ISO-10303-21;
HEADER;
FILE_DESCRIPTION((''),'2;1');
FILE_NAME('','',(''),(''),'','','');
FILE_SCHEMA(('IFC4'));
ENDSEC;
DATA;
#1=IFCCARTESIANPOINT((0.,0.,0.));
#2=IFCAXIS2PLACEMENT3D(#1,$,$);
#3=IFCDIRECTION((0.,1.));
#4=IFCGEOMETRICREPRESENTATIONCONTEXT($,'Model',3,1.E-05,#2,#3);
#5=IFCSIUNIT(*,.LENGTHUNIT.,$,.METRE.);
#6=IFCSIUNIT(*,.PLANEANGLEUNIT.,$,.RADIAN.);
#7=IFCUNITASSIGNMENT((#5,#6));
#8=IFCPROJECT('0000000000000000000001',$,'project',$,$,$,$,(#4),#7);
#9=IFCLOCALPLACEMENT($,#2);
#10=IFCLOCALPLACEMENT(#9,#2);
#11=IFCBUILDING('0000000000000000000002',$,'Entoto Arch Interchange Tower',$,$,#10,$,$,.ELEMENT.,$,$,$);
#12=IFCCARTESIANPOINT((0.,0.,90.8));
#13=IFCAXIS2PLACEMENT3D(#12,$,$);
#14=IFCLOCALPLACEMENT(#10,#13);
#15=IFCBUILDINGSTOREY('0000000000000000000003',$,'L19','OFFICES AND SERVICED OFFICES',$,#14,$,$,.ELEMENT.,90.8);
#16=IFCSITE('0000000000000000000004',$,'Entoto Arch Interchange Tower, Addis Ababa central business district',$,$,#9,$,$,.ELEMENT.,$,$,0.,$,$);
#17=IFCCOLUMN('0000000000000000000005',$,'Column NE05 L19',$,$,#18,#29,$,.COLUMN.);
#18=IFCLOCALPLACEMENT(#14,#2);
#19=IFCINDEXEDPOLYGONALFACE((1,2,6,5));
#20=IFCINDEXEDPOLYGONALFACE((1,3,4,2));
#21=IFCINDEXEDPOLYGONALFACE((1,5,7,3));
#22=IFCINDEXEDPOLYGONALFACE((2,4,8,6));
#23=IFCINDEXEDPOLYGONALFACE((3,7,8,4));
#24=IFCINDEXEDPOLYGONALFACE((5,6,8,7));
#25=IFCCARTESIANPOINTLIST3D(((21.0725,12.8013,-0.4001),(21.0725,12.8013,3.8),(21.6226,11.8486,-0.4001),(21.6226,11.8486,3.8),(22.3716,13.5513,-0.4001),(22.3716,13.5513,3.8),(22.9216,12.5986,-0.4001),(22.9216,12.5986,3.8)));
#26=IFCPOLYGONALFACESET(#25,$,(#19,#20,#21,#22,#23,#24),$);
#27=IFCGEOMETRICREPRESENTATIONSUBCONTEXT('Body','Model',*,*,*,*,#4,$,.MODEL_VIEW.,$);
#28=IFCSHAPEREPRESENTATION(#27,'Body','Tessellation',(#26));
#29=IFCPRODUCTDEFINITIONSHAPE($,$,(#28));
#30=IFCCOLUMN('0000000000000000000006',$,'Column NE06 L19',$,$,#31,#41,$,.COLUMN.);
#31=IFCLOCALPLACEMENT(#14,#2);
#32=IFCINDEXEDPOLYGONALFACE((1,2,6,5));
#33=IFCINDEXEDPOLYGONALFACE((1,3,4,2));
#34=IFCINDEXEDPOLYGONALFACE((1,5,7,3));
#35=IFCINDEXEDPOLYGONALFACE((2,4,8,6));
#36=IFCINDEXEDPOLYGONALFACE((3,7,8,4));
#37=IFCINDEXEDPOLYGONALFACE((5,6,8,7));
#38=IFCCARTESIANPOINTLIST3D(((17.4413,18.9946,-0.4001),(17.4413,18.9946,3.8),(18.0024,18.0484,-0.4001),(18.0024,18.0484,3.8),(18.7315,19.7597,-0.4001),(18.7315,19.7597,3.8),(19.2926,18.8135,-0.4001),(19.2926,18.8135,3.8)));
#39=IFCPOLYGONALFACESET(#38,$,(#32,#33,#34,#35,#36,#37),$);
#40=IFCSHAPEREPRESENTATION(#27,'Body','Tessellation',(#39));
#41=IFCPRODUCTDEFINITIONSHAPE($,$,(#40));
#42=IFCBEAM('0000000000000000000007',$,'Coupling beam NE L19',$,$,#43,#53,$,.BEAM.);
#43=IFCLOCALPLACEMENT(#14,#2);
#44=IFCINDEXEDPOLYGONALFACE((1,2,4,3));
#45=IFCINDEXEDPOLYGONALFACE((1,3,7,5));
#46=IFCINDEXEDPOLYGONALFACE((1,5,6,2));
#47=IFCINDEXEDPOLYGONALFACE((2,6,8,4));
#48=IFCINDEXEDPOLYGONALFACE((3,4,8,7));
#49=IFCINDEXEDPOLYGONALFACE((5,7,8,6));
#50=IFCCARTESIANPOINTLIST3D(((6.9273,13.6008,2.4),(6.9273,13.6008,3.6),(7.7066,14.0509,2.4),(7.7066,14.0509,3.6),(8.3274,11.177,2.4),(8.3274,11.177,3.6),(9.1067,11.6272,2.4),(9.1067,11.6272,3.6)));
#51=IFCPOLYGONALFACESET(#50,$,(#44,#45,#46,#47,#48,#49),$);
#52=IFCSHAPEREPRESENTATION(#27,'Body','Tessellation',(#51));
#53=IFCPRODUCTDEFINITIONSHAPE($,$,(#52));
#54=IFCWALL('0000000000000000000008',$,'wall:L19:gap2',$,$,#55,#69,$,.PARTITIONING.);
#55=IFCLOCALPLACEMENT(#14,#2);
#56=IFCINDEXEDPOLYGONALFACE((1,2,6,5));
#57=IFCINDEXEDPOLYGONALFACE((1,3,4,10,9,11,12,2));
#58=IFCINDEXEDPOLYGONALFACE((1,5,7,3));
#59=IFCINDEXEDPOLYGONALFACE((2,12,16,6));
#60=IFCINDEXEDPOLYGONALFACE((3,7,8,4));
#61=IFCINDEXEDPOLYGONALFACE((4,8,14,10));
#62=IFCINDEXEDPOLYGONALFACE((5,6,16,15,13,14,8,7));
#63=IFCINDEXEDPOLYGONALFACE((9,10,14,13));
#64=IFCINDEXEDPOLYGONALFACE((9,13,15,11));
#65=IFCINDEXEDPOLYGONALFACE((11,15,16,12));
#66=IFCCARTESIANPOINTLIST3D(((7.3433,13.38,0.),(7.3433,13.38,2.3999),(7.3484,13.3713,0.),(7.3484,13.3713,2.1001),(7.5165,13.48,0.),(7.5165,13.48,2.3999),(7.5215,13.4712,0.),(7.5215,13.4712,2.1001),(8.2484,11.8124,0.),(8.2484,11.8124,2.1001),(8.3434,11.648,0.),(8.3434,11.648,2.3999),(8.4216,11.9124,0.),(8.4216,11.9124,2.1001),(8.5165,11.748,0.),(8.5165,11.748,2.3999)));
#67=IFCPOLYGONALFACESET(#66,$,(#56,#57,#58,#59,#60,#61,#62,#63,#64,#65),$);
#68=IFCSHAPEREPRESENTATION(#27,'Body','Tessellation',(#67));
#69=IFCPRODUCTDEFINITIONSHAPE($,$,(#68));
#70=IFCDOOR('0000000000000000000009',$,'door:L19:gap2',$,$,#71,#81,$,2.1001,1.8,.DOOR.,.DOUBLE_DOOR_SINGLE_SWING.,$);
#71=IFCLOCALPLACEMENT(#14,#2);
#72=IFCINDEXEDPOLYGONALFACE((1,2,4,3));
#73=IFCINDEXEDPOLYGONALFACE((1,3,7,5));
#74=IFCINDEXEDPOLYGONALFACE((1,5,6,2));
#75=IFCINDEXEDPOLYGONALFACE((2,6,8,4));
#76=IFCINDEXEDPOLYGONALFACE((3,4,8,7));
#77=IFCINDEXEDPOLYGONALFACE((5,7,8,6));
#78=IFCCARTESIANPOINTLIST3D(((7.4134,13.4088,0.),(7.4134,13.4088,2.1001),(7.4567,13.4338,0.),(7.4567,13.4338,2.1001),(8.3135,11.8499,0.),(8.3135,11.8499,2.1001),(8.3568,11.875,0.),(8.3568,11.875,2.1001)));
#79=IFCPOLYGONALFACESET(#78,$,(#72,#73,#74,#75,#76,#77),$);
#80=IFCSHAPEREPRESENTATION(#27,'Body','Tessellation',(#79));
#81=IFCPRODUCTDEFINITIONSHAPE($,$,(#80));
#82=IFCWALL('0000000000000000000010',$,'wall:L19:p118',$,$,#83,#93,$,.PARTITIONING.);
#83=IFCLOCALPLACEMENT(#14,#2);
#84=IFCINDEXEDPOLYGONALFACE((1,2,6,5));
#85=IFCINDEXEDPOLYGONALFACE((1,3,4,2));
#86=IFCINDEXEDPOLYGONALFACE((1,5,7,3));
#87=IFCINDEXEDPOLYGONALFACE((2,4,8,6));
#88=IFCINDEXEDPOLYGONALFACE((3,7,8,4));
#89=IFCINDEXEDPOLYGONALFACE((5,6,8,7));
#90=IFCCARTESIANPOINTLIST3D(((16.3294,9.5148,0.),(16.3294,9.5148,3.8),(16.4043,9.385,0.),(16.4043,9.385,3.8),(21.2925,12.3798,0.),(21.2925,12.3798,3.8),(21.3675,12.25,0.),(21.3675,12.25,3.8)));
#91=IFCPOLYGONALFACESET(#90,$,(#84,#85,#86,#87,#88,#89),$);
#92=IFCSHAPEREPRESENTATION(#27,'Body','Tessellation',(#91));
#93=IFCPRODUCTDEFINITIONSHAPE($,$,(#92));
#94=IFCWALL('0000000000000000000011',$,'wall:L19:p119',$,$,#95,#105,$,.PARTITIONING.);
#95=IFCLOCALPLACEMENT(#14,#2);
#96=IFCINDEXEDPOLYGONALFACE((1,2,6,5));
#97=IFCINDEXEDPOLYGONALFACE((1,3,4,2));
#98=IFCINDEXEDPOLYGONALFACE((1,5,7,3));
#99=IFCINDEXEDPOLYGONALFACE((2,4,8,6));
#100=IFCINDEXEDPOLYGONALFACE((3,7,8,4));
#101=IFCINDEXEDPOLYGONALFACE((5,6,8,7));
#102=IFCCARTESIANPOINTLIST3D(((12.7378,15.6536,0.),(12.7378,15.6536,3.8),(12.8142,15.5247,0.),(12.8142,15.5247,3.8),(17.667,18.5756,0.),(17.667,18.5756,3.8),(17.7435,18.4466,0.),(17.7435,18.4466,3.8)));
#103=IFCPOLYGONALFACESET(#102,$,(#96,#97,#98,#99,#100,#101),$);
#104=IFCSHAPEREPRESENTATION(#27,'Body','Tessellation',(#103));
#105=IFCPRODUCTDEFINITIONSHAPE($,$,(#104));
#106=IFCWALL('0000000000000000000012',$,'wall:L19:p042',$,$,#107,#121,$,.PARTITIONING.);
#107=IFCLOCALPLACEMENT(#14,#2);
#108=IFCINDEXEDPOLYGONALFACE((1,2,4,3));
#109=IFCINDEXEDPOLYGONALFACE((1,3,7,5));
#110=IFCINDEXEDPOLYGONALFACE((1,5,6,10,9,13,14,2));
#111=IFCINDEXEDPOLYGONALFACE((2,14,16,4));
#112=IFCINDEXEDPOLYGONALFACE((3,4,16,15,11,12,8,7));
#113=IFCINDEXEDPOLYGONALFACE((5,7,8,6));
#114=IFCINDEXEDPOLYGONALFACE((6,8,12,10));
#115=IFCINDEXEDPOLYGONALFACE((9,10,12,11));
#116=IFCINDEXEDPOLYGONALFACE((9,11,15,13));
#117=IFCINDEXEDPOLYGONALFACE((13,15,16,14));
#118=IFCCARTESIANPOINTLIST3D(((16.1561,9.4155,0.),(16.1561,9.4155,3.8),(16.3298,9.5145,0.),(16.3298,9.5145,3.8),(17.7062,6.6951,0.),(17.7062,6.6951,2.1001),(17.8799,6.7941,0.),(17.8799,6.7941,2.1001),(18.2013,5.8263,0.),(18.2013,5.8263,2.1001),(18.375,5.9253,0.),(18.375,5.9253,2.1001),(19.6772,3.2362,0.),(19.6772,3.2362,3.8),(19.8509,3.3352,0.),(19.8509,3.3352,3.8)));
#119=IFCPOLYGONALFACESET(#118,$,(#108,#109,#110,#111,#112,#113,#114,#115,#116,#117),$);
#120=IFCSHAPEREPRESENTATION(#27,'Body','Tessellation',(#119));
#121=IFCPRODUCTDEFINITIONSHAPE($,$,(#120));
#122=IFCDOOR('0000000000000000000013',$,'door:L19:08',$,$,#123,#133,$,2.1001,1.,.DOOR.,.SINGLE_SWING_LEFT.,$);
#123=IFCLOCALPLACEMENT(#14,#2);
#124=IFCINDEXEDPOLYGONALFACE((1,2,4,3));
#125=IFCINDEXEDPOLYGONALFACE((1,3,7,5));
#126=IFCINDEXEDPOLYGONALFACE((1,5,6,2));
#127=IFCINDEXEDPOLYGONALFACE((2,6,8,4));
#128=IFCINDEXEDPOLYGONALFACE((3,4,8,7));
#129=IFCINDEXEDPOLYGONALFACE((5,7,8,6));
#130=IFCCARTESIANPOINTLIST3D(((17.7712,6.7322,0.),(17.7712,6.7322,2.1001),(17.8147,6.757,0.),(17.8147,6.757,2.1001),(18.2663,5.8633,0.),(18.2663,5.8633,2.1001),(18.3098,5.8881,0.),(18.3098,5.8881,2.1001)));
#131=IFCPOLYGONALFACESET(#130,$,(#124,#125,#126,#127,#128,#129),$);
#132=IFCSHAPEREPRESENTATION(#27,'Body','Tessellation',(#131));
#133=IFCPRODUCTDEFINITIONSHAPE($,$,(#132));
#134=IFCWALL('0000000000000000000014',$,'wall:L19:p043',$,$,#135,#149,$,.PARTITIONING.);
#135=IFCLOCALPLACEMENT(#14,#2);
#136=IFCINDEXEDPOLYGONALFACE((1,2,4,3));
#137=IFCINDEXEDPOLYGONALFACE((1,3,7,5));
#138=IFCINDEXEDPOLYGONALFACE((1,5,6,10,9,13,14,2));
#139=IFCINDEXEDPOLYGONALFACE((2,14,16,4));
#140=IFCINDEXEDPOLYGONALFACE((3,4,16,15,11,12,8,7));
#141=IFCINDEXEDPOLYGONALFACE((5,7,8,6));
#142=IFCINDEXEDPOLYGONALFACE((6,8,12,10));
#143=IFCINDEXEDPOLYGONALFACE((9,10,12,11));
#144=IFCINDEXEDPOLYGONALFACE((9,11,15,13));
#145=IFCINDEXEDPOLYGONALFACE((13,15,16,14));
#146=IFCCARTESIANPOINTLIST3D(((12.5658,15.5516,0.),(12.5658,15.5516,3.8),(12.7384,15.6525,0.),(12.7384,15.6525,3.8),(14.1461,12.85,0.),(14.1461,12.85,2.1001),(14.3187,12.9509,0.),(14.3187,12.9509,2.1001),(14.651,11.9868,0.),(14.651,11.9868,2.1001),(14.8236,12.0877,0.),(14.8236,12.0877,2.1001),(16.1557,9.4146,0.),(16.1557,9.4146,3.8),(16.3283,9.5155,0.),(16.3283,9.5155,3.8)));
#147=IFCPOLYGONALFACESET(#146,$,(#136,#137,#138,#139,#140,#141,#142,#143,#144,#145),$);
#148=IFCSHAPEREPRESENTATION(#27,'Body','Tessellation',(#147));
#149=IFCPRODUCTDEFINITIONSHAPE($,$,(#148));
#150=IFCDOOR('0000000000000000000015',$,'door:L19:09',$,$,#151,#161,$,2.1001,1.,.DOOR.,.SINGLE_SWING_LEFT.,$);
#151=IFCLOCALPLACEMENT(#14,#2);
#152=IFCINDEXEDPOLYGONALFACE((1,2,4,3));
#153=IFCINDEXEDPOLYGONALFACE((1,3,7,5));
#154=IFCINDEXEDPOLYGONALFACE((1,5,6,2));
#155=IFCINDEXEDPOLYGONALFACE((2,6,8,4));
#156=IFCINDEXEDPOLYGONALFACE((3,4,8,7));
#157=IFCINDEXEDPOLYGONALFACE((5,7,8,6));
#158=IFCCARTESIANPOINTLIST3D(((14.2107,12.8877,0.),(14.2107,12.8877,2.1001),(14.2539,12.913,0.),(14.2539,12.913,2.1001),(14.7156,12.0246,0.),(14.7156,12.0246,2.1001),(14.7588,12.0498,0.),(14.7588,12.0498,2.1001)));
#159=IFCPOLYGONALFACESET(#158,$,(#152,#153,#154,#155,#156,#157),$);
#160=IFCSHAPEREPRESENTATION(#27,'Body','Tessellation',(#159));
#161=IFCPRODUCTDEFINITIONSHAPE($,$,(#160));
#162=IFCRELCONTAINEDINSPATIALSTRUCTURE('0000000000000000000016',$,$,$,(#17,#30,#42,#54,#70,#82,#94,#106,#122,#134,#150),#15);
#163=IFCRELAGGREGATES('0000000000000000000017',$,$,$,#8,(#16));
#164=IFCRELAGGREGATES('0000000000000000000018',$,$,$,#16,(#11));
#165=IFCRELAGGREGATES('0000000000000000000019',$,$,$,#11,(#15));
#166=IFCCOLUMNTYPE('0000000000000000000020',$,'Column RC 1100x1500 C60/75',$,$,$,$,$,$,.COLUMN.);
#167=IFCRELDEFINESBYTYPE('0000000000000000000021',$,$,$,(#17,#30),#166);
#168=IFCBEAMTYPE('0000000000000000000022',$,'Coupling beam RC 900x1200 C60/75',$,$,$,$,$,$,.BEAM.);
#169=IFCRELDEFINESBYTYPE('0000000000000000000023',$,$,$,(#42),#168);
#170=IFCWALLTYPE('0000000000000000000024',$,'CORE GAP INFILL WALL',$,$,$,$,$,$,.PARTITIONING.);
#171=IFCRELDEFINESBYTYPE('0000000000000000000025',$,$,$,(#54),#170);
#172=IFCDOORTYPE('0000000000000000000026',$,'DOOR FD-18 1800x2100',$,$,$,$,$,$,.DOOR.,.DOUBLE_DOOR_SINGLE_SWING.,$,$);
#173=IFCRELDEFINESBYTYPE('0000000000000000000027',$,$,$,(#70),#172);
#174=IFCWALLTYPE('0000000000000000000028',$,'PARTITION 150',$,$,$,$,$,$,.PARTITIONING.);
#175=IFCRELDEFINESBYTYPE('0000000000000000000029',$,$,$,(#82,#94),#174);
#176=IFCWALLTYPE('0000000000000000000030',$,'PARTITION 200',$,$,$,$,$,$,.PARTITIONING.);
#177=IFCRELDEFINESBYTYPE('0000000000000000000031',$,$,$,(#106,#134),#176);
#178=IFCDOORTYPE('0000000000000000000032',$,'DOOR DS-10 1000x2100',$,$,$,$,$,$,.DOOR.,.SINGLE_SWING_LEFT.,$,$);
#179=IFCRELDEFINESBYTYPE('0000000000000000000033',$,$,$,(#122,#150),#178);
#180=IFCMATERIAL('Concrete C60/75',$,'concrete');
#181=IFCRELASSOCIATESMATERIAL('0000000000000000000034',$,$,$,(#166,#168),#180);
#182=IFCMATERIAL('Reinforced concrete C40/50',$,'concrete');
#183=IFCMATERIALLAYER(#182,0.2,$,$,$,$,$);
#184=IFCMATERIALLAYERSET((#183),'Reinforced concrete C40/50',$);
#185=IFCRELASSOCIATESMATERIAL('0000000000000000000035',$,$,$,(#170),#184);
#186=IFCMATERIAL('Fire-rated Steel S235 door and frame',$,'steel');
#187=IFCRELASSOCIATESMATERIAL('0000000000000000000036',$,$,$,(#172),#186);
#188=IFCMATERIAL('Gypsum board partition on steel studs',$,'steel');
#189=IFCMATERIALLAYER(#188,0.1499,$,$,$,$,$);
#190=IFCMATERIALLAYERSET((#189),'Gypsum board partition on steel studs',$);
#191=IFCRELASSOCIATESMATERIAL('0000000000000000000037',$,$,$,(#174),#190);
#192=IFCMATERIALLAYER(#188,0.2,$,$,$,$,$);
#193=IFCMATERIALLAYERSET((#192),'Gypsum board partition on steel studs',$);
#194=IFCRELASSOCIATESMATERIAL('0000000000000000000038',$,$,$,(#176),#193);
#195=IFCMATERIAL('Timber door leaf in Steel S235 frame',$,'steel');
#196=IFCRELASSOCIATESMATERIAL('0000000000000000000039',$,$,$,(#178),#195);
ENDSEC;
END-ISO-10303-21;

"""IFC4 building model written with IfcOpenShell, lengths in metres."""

from ifc_helpers import new_model, si_unit, direction, frame, frame_2d, origin, origin_2d, place, context, subcontext, project, spatial, rectangle, extrude, material, layer, layer_set, material_profile, profile_set, type_object, element, fill, save


model = new_model("IFC4")

# Units and contexts
model_context = context("Model", 3, precision=1e-05, world=origin(), true_north=direction((0.0, 1.0)))
body_context = subcontext(model_context, "Body", "Model", "MODEL_VIEW")
ifc_project = project(units=[si_unit("LENGTHUNIT", "METRE"), si_unit("PLANEANGLEUNIT", "RADIAN")], contexts=[model_context])

# Site, building, storey
site_placement = place(None, origin())
site = spatial("IfcSite", under=ifc_project, at=site_placement, Name="Entoto Arch Interchange Tower, Addis Ababa central business district", CompositionType="ELEMENT", RefElevation=0.0)
building_placement = place(site_placement, origin())
building = spatial("IfcBuilding", under=site, at=building_placement, Name="Entoto Arch Interchange Tower", CompositionType="ELEMENT")
storey_placement = place(building_placement, frame((0.0, 0.0, 90.8)))
storey = spatial("IfcBuildingStorey", under=building, at=storey_placement, Name="L19", Description="OFFICES AND SERVICED OFFICES", CompositionType="ELEMENT", Elevation=90.8)

# Columns
ifc_material_1 = material(Name="Concrete C60/75", Category="concrete")
ifc_material_profile_1 = material_profile(ifc_material_1, rectangle(XDim=1.1001, YDim=1.5, at=origin_2d()))
ifc_profile_set_1 = profile_set([ifc_material_profile_1], Name="Concrete C60/75")
column_type = type_object("IfcColumnType", Name="Column RC 1100x1500 C60/75", PredefinedType="COLUMN", material=ifc_profile_set_1)
for number, where, z_axis, x_axis, name in (
    (1, (21.9971, 12.7, -0.4001), (0.0, 0.0, 1.0), (-0.5, 0.866025, 0.0), "Column NE05 L19"),
    (2, (18.3669, 18.9041, -0.4001), (0.0, 0.0, 1.0), (-0.510093, 0.860119, 0.0), "Column NE06 L19"),
):
    element("IfcColumn", number, at=place(storey_placement, frame(where, z_axis=z_axis, x_axis=x_axis)), inside=storey, type_object=column_type, Name=name, PredefinedType="COLUMN", context=body_context, shape_type="SweptSolid", body=[
        extrude(rectangle(XDim=1.1001, YDim=1.5, at=origin_2d()), origin(), (0.0, 0.0, 1.0), 4.2002),
    ])

# Beam
ifc_material_profile_2 = material_profile(ifc_material_1, rectangle(XDim=0.8999, YDim=1.2, at=origin_2d()))
ifc_profile_set_2 = profile_set([ifc_material_profile_2], Name="Concrete C60/75")
beam_type = type_object("IfcBeamType", Name="Coupling beam RC 900x1200 C60/75", PredefinedType="BEAM", material=ifc_profile_set_2)
beam_placement = place(storey_placement, frame((8.717, 11.4021, 3.0), z_axis=(-0.500201, 0.86591, 0.0), x_axis=(-0.86591, -0.500201, 0.0)))
element("IfcBeam", 3, at=beam_placement, inside=storey, type_object=beam_type, Name="Coupling beam NE L19", PredefinedType="BEAM", context=body_context, shape_type="SweptSolid", body=[
    extrude(rectangle(XDim=0.8999, YDim=1.2, at=origin_2d()), origin(), (0.0, 0.0, 1.0), 2.7991),
])

# Wall, opening, door
ifc_material_2 = material(Name="Reinforced concrete C40/50", Category="concrete")
ifc_layer_1 = layer(ifc_material_2, 0.2)
ifc_layer_set_1 = layer_set([ifc_layer_1], Name="Reinforced concrete C40/50")
wall_type_1 = type_object("IfcWallType", Name="CORE GAP INFILL WALL", PredefinedType="PARTITIONING", material=ifc_layer_set_1)
wall_1_placement = place(storey_placement, frame((8.4299, 11.698, 0.0), z_axis=(0.0, 0.0, 1.0), x_axis=(-0.500025, 0.866011, 0.0)))
wall_1 = element("IfcWall", 4, at=wall_1_placement, inside=storey, type_object=wall_type_1, Name="wall:L19:gap2", PredefinedType="PARTITIONING", context=body_context, shape_type="SweptSolid", body=[
    extrude(rectangle(XDim=2.0, YDim=0.2, at=frame_2d((1.0, 0.0))), origin(), (0.0, 0.0, 1.0), 2.3999),
])
opening_1_placement = place(wall_1_placement, frame((0.1899, 0.0, 0.0)))
opening_1 = element("IfcOpeningElement", 5, at=opening_1_placement, cuts=wall_1, PredefinedType="OPENING", context=body_context, shape_type="SweptSolid", body=[
    extrude(rectangle(XDim=1.8, YDim=2.1001, at=frame_2d((0.8999, 1.05))), frame((0.0, 0.1099, 0.0), z_axis=(0.0, -1.0, 0.0), x_axis=(1.0, 0.0, 0.0)), (0.0, 0.0, 1.0), 0.22),
])
ifc_material_3 = material(Name="Fire-rated Steel S235 door and frame", Category="steel")
door_type_1 = type_object("IfcDoorType", Name="DOOR FD-18 1800x2100", OperationType="DOUBLE_DOOR_SINGLE_SWING", PredefinedType="DOOR", material=ifc_material_3)
door_1_placement = place(opening_1_placement, origin())
door_1 = element("IfcDoor", 6, at=door_1_placement, inside=storey, type_object=door_type_1, Name="door:L19:gap2", OperationType="DOUBLE_DOOR_SINGLE_SWING", OverallHeight=2.1001, OverallWidth=1.8, PredefinedType="DOOR", context=body_context, shape_type="SweptSolid", body=[
    extrude(rectangle(XDim=1.8, YDim=2.1001, at=frame_2d((0.8999, 1.05))), frame((0.0, 0.0249, 0.0), z_axis=(0.0, -1.0, 0.0), x_axis=(1.0, 0.0, 0.0)), (0.0, 0.0, 1.0), 0.05),
])
fill(opening_1, door_1)

# Walls
ifc_material_4 = material(Name="Gypsum board partition on steel studs", Category="steel")
ifc_layer_2 = layer(ifc_material_4, 0.1499)
ifc_layer_set_2 = layer_set([ifc_layer_2], Name="Gypsum board partition on steel studs")
wall_type_2 = type_object("IfcWallType", Name="PARTITION 150", PredefinedType="PARTITIONING", material=ifc_layer_set_2)
wall_2_placement = place(storey_placement, frame((16.3669, 9.45, 0.0), z_axis=(0.0, 0.0, 1.0), x_axis=(0.866061, 0.499938, 0.0)))
element("IfcWall", 7, at=wall_2_placement, inside=storey, type_object=wall_type_2, Name="wall:L19:p118", PredefinedType="PARTITIONING", context=body_context, shape_type="SweptSolid", body=[
    extrude(rectangle(XDim=5.7307, YDim=0.1499, at=frame_2d((2.8652, 0.0))), origin(), (0.0, 0.0, 1.0), 3.8),
])
wall_3_placement = place(storey_placement, frame((12.7759, 15.5891, 0.0), z_axis=(0.0, 0.0, 1.0), x_axis=(0.860225, 0.509915, 0.0)))
element("IfcWall", 8, at=wall_3_placement, inside=storey, type_object=wall_type_2, Name="wall:L19:p119", PredefinedType="PARTITIONING", context=body_context, shape_type="SweptSolid", body=[
    extrude(rectangle(XDim=5.7302, YDim=0.1499, at=frame_2d((2.8652, 0.0))), origin(), (0.0, 0.0, 1.0), 3.8),
])

# Walls, openings, doors
ifc_layer_3 = layer(ifc_material_4, 0.2)
ifc_layer_set_3 = layer_set([ifc_layer_3], Name="Gypsum board partition on steel studs")
wall_type_3 = type_object("IfcWallType", Name="PARTITION 200", PredefinedType="PARTITIONING", material=ifc_layer_set_3)
wall_4_placement = place(storey_placement, frame((16.2429, 9.4651, 0.0), z_axis=(0.0, 0.0, 1.0), x_axis=(0.495081, -0.868847, 0.0)))
wall_4 = element("IfcWall", 9, at=wall_4_placement, inside=storey, type_object=wall_type_3, Name="wall:L19:p042", PredefinedType="PARTITIONING", context=body_context, shape_type="SweptSolid", body=[
    extrude(rectangle(XDim=7.1121, YDim=0.2, at=frame_2d((3.5562, 0.0))), origin(), (0.0, 0.0, 1.0), 3.8),
])
opening_2_placement = place(wall_4_placement, frame((3.1311, 0.0, 0.0)))
opening_2 = element("IfcOpeningElement", 10, at=opening_2_placement, cuts=wall_4, PredefinedType="OPENING", context=body_context, shape_type="SweptSolid", body=[
    extrude(rectangle(XDim=1.0, YDim=2.1001, at=frame_2d((0.5, 1.05))), frame((0.0, 0.1099, 0.0), z_axis=(0.0, -1.0, 0.0), x_axis=(1.0, 0.0, 0.0)), (0.0, 0.0, 1.0), 0.22),
])
ifc_material_5 = material(Name="Timber door leaf in Steel S235 frame", Category="steel")
door_type_2 = type_object("IfcDoorType", Name="DOOR DS-10 1000x2100", OperationType="SINGLE_SWING_LEFT", PredefinedType="DOOR", material=ifc_material_5)
door_2_placement = place(opening_2_placement, origin())
door_2 = element("IfcDoor", 11, at=door_2_placement, inside=storey, type_object=door_type_2, Name="door:L19:08", OperationType="SINGLE_SWING_LEFT", OverallHeight=2.1001, OverallWidth=1.0, PredefinedType="DOOR", context=body_context, shape_type="SweptSolid", body=[
    extrude(rectangle(XDim=1.0, YDim=2.1001, at=frame_2d((0.5, 1.05))), frame((0.0, 0.0249, 0.0), z_axis=(0.0, -1.0, 0.0), x_axis=(1.0, 0.0, 0.0)), (0.0, 0.0, 1.0), 0.05),
])
fill(opening_2, door_2)
wall_5_placement = place(storey_placement, frame((12.6521, 15.6021, 0.0), z_axis=(0.0, 0.0, 1.0), x_axis=(0.504915, -0.863169, 0.0)))
wall_5 = element("IfcWall", 12, at=wall_5_placement, inside=storey, type_object=wall_type_3, Name="wall:L19:p043", PredefinedType="PARTITIONING", context=body_context, shape_type="SweptSolid", body=[
    extrude(rectangle(XDim=7.1099, YDim=0.2, at=frame_2d((3.5549, 0.0))), origin(), (0.0, 0.0, 1.0), 3.8),
])
opening_3_placement = place(wall_5_placement, frame((3.1299, 0.0, 0.0)))
opening_3 = element("IfcOpeningElement", 13, at=opening_3_placement, cuts=wall_5, PredefinedType="OPENING", context=body_context, shape_type="SweptSolid", body=[
    extrude(rectangle(XDim=1.0, YDim=2.1001, at=frame_2d((0.5, 1.05))), frame((0.0, 0.1099, 0.0), z_axis=(0.0, -1.0, 0.0), x_axis=(1.0, 0.0, 0.0)), (0.0, 0.0, 1.0), 0.22),
])
door_3_placement = place(opening_3_placement, origin())
door_3 = element("IfcDoor", 14, at=door_3_placement, inside=storey, type_object=door_type_2, Name="door:L19:09", OperationType="SINGLE_SWING_LEFT", OverallHeight=2.1001, OverallWidth=1.0, PredefinedType="DOOR", context=body_context, shape_type="SweptSolid", body=[
    extrude(rectangle(XDim=1.0, YDim=2.1001, at=frame_2d((0.5, 1.05))), frame((0.0, 0.0249, 0.0), z_axis=(0.0, -1.0, 0.0), x_axis=(1.0, 0.0, 0.0)), (0.0, 0.0, 1.0), 0.05),
])
fill(opening_3, door_3)

save(model, "model.ifc")
